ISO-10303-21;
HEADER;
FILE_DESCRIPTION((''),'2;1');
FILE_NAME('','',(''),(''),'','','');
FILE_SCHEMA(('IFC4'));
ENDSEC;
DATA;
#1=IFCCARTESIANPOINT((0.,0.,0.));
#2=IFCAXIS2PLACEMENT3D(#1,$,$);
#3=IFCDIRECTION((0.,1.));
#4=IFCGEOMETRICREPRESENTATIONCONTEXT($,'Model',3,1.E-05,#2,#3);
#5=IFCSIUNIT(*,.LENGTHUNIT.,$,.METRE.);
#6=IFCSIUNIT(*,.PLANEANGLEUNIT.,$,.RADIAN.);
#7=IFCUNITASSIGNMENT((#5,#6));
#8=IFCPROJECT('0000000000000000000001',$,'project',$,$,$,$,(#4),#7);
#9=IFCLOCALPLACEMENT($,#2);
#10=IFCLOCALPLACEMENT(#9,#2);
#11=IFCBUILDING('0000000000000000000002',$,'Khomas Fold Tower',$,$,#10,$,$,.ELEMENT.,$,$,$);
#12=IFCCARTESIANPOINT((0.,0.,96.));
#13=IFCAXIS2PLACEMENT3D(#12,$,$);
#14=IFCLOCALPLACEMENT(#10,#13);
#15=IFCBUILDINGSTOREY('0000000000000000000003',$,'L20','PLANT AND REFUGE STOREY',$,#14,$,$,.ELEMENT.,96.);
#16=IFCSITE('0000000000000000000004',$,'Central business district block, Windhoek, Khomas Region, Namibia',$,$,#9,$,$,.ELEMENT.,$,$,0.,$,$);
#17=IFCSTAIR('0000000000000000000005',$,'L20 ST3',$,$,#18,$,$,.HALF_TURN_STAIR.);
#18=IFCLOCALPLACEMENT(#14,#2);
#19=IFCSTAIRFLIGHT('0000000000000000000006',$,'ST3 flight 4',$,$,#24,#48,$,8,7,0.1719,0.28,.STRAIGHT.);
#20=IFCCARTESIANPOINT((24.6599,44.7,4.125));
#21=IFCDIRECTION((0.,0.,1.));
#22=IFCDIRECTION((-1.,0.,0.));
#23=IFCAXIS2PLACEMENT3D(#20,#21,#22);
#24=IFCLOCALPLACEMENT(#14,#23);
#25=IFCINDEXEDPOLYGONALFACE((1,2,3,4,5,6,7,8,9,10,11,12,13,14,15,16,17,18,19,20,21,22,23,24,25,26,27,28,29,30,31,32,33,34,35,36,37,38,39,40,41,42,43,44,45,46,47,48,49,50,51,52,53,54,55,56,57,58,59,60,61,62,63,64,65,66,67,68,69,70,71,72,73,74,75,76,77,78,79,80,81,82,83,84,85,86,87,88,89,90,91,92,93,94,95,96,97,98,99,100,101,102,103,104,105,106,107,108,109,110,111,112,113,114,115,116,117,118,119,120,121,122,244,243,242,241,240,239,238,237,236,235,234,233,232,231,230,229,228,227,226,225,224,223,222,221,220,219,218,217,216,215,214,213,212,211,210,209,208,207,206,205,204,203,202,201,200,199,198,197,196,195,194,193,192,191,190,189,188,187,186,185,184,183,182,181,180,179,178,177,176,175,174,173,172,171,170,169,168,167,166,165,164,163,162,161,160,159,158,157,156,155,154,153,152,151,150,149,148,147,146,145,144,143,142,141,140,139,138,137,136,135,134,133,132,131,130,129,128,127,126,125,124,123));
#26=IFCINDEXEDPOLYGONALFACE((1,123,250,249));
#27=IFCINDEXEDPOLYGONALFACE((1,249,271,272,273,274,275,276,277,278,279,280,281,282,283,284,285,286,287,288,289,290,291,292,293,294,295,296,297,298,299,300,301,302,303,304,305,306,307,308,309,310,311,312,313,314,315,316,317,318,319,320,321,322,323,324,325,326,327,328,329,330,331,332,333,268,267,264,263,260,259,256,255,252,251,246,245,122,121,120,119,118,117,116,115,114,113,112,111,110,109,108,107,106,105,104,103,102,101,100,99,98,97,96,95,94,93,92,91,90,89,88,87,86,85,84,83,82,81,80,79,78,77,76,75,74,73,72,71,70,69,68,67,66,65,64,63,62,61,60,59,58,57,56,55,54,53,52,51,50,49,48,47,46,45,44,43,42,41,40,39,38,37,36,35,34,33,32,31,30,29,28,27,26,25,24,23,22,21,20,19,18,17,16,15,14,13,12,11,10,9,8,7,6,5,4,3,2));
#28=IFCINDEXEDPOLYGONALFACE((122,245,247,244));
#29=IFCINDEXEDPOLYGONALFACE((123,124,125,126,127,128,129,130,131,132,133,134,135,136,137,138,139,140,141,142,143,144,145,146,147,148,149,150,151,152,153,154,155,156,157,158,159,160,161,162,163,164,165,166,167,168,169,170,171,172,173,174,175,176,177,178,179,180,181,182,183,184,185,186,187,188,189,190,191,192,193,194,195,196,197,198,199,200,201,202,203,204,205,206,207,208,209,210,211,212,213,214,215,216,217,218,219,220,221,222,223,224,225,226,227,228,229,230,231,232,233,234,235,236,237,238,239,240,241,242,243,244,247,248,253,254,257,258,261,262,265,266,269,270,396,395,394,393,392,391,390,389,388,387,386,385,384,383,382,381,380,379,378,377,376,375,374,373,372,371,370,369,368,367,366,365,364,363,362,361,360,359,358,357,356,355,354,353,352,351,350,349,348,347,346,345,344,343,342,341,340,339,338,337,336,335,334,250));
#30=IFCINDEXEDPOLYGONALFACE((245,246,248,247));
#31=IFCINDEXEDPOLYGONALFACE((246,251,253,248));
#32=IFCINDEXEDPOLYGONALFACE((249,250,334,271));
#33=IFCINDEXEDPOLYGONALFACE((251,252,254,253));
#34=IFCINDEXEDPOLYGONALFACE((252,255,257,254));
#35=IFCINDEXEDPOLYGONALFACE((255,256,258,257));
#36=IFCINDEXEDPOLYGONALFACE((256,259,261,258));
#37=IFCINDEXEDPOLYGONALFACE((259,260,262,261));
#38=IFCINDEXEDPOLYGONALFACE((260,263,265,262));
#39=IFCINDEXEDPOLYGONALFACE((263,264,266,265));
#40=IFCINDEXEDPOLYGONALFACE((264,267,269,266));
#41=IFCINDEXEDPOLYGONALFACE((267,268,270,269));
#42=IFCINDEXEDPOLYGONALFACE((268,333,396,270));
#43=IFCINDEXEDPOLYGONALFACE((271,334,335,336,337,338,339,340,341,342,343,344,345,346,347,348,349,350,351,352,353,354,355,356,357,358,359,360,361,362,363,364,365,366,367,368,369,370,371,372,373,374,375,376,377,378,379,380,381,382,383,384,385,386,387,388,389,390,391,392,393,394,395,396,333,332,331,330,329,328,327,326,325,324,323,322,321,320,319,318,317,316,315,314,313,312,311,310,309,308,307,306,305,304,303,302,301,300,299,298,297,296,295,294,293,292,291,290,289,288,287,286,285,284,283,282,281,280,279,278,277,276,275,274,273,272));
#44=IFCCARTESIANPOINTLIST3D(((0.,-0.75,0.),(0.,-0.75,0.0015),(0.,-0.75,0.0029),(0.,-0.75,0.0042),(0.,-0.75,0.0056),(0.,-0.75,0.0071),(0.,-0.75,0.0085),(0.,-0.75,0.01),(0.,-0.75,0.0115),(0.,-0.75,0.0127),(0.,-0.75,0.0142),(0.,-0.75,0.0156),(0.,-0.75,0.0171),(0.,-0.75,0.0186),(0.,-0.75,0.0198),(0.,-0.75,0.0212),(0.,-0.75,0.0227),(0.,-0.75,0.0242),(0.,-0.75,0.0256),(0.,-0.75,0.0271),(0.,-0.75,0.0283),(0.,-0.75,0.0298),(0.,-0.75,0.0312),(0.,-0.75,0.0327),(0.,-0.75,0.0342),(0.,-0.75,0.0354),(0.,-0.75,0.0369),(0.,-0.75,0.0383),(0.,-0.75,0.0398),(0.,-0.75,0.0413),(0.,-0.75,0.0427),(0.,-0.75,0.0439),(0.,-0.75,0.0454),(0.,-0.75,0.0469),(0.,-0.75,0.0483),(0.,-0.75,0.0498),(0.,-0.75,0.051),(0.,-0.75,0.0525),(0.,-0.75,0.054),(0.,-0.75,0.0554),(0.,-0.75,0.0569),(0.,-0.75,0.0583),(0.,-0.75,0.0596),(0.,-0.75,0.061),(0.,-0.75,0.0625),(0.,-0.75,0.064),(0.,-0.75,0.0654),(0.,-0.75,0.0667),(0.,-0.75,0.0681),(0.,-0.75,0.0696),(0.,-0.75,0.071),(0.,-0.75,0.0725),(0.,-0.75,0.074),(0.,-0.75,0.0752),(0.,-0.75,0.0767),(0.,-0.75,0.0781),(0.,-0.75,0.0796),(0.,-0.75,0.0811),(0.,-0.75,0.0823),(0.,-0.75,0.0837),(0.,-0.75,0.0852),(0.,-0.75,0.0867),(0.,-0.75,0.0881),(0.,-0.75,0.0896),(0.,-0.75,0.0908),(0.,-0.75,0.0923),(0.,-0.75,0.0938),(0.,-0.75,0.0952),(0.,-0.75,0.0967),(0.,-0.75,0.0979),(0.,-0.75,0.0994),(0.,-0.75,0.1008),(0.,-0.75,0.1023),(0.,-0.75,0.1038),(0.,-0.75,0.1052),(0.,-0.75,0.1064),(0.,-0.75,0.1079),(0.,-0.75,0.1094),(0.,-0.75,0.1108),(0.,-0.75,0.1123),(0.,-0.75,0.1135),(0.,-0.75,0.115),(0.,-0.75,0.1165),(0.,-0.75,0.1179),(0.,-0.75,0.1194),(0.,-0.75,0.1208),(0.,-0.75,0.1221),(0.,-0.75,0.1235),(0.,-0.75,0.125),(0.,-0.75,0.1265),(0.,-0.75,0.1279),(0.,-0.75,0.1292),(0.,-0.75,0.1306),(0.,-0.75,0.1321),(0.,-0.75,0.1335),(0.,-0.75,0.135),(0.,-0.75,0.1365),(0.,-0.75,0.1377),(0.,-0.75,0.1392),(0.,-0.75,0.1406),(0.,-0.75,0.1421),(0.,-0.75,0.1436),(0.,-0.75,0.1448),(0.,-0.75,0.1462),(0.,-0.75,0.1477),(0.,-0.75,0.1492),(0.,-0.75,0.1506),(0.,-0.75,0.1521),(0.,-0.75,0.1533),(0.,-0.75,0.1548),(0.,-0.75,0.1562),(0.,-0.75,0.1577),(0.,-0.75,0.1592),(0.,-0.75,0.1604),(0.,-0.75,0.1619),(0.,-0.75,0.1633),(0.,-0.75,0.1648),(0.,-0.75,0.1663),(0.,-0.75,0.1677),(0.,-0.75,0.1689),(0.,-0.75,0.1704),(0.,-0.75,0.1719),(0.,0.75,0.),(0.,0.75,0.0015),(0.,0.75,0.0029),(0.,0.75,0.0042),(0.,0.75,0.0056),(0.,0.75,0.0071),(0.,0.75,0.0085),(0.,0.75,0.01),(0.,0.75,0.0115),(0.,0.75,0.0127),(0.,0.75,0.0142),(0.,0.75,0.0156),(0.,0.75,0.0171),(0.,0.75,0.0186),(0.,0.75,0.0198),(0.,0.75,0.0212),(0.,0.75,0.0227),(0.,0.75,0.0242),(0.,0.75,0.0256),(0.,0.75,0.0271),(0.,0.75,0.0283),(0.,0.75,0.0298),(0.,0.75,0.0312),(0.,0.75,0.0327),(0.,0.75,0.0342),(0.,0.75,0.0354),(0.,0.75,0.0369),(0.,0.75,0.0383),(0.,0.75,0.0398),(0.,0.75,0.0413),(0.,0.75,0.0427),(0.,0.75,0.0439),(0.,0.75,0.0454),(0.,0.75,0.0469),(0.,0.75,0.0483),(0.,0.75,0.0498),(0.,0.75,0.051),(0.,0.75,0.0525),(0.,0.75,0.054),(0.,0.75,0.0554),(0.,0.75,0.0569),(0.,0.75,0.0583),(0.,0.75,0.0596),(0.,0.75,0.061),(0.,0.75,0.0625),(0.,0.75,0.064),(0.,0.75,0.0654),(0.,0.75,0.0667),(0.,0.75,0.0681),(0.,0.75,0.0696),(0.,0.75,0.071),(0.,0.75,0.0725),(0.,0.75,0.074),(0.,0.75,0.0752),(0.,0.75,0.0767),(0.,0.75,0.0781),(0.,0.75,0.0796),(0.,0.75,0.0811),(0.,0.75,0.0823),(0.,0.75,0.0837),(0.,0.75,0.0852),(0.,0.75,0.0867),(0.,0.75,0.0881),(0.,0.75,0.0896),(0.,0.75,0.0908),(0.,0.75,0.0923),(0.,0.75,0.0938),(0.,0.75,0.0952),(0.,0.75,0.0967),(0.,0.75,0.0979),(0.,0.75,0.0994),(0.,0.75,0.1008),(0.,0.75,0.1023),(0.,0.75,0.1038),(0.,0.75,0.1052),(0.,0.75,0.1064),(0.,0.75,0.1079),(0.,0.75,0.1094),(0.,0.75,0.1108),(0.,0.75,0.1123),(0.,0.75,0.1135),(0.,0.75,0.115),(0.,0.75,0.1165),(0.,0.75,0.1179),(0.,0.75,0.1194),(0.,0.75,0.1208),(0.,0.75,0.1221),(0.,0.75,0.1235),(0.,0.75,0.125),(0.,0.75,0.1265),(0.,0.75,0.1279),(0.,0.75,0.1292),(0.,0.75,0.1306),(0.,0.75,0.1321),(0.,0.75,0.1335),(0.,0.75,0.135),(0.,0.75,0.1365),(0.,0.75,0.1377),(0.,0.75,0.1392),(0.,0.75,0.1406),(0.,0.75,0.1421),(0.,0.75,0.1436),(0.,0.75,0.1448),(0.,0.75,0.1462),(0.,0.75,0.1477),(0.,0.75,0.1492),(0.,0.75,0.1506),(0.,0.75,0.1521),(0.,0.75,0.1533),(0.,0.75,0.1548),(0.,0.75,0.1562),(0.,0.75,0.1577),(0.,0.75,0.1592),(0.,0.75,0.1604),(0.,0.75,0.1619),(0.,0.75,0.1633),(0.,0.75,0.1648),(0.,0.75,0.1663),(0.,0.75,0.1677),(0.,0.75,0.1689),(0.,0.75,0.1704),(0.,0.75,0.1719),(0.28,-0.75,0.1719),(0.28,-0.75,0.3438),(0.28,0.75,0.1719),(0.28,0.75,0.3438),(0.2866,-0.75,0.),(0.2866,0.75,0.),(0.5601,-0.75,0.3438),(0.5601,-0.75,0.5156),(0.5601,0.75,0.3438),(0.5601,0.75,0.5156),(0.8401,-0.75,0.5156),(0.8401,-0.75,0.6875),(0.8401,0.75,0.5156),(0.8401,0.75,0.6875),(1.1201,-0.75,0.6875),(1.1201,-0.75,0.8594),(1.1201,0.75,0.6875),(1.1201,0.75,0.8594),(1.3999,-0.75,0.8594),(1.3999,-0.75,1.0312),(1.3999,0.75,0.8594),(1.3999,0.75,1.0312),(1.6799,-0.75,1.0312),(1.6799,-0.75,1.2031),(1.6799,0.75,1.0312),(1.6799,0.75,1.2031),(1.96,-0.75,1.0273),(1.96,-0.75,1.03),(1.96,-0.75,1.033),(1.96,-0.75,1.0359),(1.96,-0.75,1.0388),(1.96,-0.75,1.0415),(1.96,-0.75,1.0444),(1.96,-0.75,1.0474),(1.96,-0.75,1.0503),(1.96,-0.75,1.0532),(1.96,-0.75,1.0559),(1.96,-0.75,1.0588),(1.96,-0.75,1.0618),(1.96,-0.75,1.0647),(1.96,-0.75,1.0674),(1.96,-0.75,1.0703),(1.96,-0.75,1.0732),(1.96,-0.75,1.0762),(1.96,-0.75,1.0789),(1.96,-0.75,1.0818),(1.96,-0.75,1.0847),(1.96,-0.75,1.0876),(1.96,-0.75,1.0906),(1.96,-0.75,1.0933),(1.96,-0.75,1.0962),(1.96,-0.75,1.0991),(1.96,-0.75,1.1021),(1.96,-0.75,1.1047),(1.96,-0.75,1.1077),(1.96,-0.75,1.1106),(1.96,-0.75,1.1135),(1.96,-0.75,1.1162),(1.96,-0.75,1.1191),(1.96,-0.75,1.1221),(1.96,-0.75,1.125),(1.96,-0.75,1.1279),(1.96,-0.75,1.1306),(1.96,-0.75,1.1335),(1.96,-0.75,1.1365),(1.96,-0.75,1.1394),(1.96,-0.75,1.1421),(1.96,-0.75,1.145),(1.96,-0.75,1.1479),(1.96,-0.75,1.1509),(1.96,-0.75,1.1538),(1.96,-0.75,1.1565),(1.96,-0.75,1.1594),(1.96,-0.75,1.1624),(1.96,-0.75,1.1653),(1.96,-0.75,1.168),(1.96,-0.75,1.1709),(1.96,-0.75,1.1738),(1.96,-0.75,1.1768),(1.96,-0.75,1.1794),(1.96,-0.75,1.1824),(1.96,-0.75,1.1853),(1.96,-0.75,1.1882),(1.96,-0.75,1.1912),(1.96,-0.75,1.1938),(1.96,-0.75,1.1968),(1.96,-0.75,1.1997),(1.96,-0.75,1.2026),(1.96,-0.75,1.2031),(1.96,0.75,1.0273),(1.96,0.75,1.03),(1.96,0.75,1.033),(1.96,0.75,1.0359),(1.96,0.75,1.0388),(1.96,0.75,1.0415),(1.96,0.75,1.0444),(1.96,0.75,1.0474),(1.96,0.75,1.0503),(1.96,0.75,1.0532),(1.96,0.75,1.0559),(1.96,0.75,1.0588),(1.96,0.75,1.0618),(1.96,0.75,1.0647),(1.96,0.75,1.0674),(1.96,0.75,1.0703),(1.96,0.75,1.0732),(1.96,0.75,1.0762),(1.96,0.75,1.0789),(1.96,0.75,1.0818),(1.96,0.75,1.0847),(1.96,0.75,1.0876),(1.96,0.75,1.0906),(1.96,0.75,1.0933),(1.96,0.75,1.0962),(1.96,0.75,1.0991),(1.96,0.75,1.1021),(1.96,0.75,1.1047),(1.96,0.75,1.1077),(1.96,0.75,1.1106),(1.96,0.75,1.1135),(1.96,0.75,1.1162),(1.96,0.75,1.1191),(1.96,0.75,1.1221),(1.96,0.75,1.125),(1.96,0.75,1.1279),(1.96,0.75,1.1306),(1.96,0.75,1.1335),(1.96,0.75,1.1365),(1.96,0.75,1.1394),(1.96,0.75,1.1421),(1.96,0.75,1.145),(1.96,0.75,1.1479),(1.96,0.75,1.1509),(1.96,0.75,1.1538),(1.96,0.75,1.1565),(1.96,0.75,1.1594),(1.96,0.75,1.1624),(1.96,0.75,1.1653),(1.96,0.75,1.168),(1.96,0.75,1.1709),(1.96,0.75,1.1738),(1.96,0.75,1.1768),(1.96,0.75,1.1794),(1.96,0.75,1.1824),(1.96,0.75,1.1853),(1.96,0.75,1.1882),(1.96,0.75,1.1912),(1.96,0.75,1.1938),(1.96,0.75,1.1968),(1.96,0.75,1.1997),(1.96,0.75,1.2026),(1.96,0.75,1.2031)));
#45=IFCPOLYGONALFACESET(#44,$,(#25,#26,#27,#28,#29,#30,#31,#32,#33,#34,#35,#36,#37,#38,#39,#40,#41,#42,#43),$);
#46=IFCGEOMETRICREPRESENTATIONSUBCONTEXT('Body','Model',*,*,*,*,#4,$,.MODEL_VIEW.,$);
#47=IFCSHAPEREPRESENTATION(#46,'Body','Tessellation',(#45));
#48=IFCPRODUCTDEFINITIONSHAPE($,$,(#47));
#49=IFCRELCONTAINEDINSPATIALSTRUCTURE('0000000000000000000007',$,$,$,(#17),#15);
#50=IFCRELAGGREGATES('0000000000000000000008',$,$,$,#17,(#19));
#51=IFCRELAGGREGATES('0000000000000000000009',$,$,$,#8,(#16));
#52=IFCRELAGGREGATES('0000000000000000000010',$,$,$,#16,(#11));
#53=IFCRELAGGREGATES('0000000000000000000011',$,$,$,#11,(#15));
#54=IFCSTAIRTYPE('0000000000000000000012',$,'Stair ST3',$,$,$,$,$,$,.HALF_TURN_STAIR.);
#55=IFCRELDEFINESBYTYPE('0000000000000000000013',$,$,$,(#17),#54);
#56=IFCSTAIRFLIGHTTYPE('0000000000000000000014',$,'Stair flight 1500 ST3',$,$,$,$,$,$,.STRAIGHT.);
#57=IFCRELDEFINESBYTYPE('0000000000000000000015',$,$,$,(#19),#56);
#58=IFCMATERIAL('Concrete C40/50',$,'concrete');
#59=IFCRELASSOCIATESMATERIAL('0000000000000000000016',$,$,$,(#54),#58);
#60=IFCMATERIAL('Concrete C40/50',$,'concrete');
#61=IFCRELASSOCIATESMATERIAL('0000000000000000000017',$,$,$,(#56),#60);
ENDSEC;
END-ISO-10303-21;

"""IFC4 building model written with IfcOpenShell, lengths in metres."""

from ifc_helpers import new_model, si_unit, direction, frame, origin, place, context, subcontext, project, spatial, polyline, outline, extrude, source, transform, mapped, material, type_object, element, aggregate, save


model = new_model("IFC4")

# Units and contexts
model_context = context("Model", 3, precision=1e-05, world=origin(), true_north=direction((0.0, 1.0)))
body_context = subcontext(model_context, "Body", "Model", "MODEL_VIEW")
ifc_project = project(units=[si_unit("LENGTHUNIT", "METRE"), si_unit("PLANEANGLEUNIT", "RADIAN")], contexts=[model_context])

# Site, building, storey
site_placement = place(None, origin())
site = spatial("IfcSite", under=ifc_project, at=site_placement, Name="Central business district block, Windhoek, Khomas Region, Namibia", CompositionType="ELEMENT", RefElevation=0.0)
building_placement = place(site_placement, origin())
building = spatial("IfcBuilding", under=site, at=building_placement, Name="Khomas Fold Tower", CompositionType="ELEMENT")
storey_placement = place(building_placement, frame((0.0, 0.0, 96.0)))
storey = spatial("IfcBuildingStorey", under=building, at=storey_placement, Name="L20", Description="PLANT AND REFUGE STOREY", CompositionType="ELEMENT", Elevation=96.0)

# Stair, stair flight
ifc_material_1 = material(Name="Concrete C40/50", Category="concrete")
stair_type = type_object("IfcStairType", Name="Stair ST3", PredefinedType="HALF_TURN_STAIR", material=ifc_material_1)
stair_placement = place(storey_placement, origin())
stair = element("IfcStair", 1, at=stair_placement, inside=storey, type_object=stair_type, Name="L20 ST3", PredefinedType="HALF_TURN_STAIR")
ifc_material_2 = material(Name="Concrete C40/50", Category="concrete")
stair_flight_type = type_object("IfcStairFlightType", Name="Stair flight 1500 ST3", PredefinedType="STRAIGHT", material=ifc_material_2)
shared_shape_1 = source(origin(), body_context, "Body", "SweptSolid", [
    extrude(outline(polyline([(0.0, 0.0), (0.0, 0.0015), (0.0, 0.0029), (0.0, 0.0042), (0.0, 0.0056), (0.0, 0.0071), (0.0, 0.0085), (0.0, 0.01), (0.0, 0.0115), (0.0, 0.0127), (0.0, 0.0142), (0.0, 0.0156), (0.0, 0.0171), (0.0, 0.0186), (0.0, 0.0198), (0.0, 0.0212), (0.0, 0.0227), (0.0, 0.0242), (0.0, 0.0256), (0.0, 0.0271), (0.0, 0.0283), (0.0, 0.0298), (0.0, 0.0312), (0.0, 0.0327), (0.0, 0.0342), (0.0, 0.0354), (0.0, 0.0369), (0.0, 0.0383), (0.0, 0.0398), (0.0, 0.0413), (0.0, 0.0427), (0.0, 0.0439), (0.0, 0.0454), (0.0, 0.0469), (0.0, 0.0483), (0.0, 0.0498), (0.0, 0.051), (0.0, 0.0525), (0.0, 0.054), (0.0, 0.0554), (0.0, 0.0569), (0.0, 0.0583), (0.0, 0.0596), (0.0, 0.061), (0.0, 0.0625), (0.0, 0.064), (0.0, 0.0654), (0.0, 0.0667), (0.0, 0.0681), (0.0, 0.0696), (0.0, 0.071), (0.0, 0.0725), (0.0, 0.074), (0.0, 0.0752), (0.0, 0.0767), (0.0, 0.0781), (0.0, 0.0796), (0.0, 0.0811), (0.0, 0.0823), (0.0, 0.0837), (0.0, 0.0852), (0.0, 0.0867), (0.0, 0.0881), (0.0, 0.0896), (0.0, 0.0908), (0.0, 0.0923), (0.0, 0.0938), (0.0, 0.0952), (0.0, 0.0967), (0.0, 0.0979), (0.0, 0.0994), (0.0, 0.1008), (0.0, 0.1023), (0.0, 0.1038), (0.0, 0.1052), (0.0, 0.1064), (0.0, 0.1079), (0.0, 0.1094), (0.0, 0.1108), (0.0, 0.1123), (0.0, 0.1135), (0.0, 0.115), (0.0, 0.1165), (0.0, 0.1179), (0.0, 0.1194), (0.0, 0.1208), (0.0, 0.1221), (0.0, 0.1235), (0.0, 0.125), (0.0, 0.1265), (0.0, 0.1279), (0.0, 0.1292), (0.0, 0.1306), (0.0, 0.1321), (0.0, 0.1335), (0.0, 0.135), (0.0, 0.1365), (0.0, 0.1377), (0.0, 0.1392), (0.0, 0.1406), (0.0, 0.1421), (0.0, 0.1436), (0.0, 0.1448), (0.0, 0.1462), (0.0, 0.1477), (0.0, 0.1492), (0.0, 0.1506), (0.0, 0.1521), (0.0, 0.1533), (0.0, 0.1548), (0.0, 0.1562), (0.0, 0.1577), (0.0, 0.1592), (0.0, 0.1604), (0.0, 0.1619), (0.0, 0.1633), (0.0, 0.1648), (0.0, 0.1663), (0.0, 0.1677), (0.0, 0.1689), (0.0, 0.1704), (0.0, 0.1719), (0.28, 0.1719), (0.28, 0.3438), (0.5601, 0.3438), (0.5601, 0.5156), (0.8401, 0.5156), (0.8401, 0.6875), (1.1201, 0.6875), (1.1201, 0.8594), (1.3999, 0.8594), (1.3999, 1.0312), (1.6799, 1.0312), (1.6799, 1.2031), (1.96, 1.2031), (1.96, 1.375), (1.96, 1.3721), (1.96, 1.3691), (1.96, 1.3665), (1.96, 1.3635), (1.96, 1.3606), (1.96, 1.3577), (1.96, 1.355), (1.96, 1.3521), (1.96, 1.3491), (1.96, 1.3462), (1.96, 1.3435), (1.96, 1.3406), (1.96, 1.3376), (1.96, 1.3347), (1.96, 1.3318), (1.96, 1.3291), (1.96, 1.3262), (1.96, 1.3232), (1.96, 1.3203), (1.96, 1.3176), (1.96, 1.3147), (1.96, 1.3118), (1.96, 1.3088), (1.96, 1.3059), (1.96, 1.3032), (1.96, 1.3003), (1.96, 1.2974), (1.96, 1.2944), (1.96, 1.2917), (1.96, 1.2888), (1.96, 1.2859), (1.96, 1.283), (1.96, 1.2803), (1.96, 1.2773), (1.96, 1.2744), (1.96, 1.2715), (1.96, 1.2686), (1.96, 1.2659), (1.96, 1.2629), (1.96, 1.26), (1.96, 1.2571), (1.96, 1.2544), (1.96, 1.2515), (1.96, 1.2485), (1.96, 1.2456), (1.96, 1.2427), (1.96, 1.24), (1.96, 1.2371), (1.96, 1.2341), (1.96, 1.2312), (1.96, 1.2285), (1.96, 1.2256), (1.96, 1.2227), (1.96, 1.2197), (1.96, 1.217), (1.96, 1.2141), (1.96, 1.2112), (1.96, 1.2083), (1.96, 1.2053), (1.96, 1.2026), (1.96, 1.1997), (1.96, 1.1968), (1.96, 1.1938), (1.96, 1.1912), (1.96, 1.1882), (1.96, 1.1853), (1.96, 1.1824), (1.96, 1.1794), (1.96, 1.1768), (1.96, 1.1738), (1.96, 1.1709), (1.96, 1.168), (1.96, 1.1653), (1.96, 1.1624), (1.96, 1.1594), (1.96, 1.1565), (1.96, 1.1538), (1.96, 1.1509), (1.96, 1.1479), (1.96, 1.145), (1.96, 1.1421), (1.96, 1.1394), (1.96, 1.1365), (1.96, 1.1335), (1.96, 1.1306), (1.96, 1.1279), (1.96, 1.125), (1.96, 1.1221), (1.96, 1.1191), (1.96, 1.1162), (1.96, 1.1135), (1.96, 1.1106), (1.96, 1.1077), (1.96, 1.1047), (1.96, 1.1021), (1.96, 1.0991), (1.96, 1.0962), (1.96, 1.0933), (1.96, 1.0906), (1.96, 1.0876), (1.96, 1.0847), (1.96, 1.0818), (1.96, 1.0789), (1.96, 1.0762), (1.96, 1.0732), (1.96, 1.0703), (1.96, 1.0674), (1.96, 1.0647), (1.96, 1.0618), (1.96, 1.0588), (1.96, 1.0559), (1.96, 1.0532), (1.96, 1.0503), (1.96, 1.0474), (1.96, 1.0444), (1.96, 1.0415), (1.96, 1.0388), (1.96, 1.0359), (1.96, 1.033), (1.96, 1.03), (1.96, 1.0273), (0.2866, 0.0), (0.0, 0.0)])), frame((0.0, 0.75, 0.0), z_axis=(0.0, -1.0, 0.0), x_axis=(1.0, 0.0, 0.0)), (0.0, 0.0, 1.0), 1.5),
])
stair_flight_1_placement = place(storey_placement, frame((24.6599, 44.7, 4.125), z_axis=(0.0, 0.0, 1.0), x_axis=(-1.0, 0.0, 0.0)))
stair_flight_1 = element("IfcStairFlight", 2, at=stair_flight_1_placement, type_object=stair_flight_type, Name="ST3 flight 4", NumberOfRisers=8, NumberOfTreads=7, PredefinedType="STRAIGHT", RiserHeight=0.1719, TreadLength=0.28, context=body_context, shape_type="MappedRepresentation", body=[
    mapped(shared_shape_1, transform((0.0, 0.0, 0.0))),
])
aggregate(stair, [stair_flight_1])

save(model, "model.ifc")
